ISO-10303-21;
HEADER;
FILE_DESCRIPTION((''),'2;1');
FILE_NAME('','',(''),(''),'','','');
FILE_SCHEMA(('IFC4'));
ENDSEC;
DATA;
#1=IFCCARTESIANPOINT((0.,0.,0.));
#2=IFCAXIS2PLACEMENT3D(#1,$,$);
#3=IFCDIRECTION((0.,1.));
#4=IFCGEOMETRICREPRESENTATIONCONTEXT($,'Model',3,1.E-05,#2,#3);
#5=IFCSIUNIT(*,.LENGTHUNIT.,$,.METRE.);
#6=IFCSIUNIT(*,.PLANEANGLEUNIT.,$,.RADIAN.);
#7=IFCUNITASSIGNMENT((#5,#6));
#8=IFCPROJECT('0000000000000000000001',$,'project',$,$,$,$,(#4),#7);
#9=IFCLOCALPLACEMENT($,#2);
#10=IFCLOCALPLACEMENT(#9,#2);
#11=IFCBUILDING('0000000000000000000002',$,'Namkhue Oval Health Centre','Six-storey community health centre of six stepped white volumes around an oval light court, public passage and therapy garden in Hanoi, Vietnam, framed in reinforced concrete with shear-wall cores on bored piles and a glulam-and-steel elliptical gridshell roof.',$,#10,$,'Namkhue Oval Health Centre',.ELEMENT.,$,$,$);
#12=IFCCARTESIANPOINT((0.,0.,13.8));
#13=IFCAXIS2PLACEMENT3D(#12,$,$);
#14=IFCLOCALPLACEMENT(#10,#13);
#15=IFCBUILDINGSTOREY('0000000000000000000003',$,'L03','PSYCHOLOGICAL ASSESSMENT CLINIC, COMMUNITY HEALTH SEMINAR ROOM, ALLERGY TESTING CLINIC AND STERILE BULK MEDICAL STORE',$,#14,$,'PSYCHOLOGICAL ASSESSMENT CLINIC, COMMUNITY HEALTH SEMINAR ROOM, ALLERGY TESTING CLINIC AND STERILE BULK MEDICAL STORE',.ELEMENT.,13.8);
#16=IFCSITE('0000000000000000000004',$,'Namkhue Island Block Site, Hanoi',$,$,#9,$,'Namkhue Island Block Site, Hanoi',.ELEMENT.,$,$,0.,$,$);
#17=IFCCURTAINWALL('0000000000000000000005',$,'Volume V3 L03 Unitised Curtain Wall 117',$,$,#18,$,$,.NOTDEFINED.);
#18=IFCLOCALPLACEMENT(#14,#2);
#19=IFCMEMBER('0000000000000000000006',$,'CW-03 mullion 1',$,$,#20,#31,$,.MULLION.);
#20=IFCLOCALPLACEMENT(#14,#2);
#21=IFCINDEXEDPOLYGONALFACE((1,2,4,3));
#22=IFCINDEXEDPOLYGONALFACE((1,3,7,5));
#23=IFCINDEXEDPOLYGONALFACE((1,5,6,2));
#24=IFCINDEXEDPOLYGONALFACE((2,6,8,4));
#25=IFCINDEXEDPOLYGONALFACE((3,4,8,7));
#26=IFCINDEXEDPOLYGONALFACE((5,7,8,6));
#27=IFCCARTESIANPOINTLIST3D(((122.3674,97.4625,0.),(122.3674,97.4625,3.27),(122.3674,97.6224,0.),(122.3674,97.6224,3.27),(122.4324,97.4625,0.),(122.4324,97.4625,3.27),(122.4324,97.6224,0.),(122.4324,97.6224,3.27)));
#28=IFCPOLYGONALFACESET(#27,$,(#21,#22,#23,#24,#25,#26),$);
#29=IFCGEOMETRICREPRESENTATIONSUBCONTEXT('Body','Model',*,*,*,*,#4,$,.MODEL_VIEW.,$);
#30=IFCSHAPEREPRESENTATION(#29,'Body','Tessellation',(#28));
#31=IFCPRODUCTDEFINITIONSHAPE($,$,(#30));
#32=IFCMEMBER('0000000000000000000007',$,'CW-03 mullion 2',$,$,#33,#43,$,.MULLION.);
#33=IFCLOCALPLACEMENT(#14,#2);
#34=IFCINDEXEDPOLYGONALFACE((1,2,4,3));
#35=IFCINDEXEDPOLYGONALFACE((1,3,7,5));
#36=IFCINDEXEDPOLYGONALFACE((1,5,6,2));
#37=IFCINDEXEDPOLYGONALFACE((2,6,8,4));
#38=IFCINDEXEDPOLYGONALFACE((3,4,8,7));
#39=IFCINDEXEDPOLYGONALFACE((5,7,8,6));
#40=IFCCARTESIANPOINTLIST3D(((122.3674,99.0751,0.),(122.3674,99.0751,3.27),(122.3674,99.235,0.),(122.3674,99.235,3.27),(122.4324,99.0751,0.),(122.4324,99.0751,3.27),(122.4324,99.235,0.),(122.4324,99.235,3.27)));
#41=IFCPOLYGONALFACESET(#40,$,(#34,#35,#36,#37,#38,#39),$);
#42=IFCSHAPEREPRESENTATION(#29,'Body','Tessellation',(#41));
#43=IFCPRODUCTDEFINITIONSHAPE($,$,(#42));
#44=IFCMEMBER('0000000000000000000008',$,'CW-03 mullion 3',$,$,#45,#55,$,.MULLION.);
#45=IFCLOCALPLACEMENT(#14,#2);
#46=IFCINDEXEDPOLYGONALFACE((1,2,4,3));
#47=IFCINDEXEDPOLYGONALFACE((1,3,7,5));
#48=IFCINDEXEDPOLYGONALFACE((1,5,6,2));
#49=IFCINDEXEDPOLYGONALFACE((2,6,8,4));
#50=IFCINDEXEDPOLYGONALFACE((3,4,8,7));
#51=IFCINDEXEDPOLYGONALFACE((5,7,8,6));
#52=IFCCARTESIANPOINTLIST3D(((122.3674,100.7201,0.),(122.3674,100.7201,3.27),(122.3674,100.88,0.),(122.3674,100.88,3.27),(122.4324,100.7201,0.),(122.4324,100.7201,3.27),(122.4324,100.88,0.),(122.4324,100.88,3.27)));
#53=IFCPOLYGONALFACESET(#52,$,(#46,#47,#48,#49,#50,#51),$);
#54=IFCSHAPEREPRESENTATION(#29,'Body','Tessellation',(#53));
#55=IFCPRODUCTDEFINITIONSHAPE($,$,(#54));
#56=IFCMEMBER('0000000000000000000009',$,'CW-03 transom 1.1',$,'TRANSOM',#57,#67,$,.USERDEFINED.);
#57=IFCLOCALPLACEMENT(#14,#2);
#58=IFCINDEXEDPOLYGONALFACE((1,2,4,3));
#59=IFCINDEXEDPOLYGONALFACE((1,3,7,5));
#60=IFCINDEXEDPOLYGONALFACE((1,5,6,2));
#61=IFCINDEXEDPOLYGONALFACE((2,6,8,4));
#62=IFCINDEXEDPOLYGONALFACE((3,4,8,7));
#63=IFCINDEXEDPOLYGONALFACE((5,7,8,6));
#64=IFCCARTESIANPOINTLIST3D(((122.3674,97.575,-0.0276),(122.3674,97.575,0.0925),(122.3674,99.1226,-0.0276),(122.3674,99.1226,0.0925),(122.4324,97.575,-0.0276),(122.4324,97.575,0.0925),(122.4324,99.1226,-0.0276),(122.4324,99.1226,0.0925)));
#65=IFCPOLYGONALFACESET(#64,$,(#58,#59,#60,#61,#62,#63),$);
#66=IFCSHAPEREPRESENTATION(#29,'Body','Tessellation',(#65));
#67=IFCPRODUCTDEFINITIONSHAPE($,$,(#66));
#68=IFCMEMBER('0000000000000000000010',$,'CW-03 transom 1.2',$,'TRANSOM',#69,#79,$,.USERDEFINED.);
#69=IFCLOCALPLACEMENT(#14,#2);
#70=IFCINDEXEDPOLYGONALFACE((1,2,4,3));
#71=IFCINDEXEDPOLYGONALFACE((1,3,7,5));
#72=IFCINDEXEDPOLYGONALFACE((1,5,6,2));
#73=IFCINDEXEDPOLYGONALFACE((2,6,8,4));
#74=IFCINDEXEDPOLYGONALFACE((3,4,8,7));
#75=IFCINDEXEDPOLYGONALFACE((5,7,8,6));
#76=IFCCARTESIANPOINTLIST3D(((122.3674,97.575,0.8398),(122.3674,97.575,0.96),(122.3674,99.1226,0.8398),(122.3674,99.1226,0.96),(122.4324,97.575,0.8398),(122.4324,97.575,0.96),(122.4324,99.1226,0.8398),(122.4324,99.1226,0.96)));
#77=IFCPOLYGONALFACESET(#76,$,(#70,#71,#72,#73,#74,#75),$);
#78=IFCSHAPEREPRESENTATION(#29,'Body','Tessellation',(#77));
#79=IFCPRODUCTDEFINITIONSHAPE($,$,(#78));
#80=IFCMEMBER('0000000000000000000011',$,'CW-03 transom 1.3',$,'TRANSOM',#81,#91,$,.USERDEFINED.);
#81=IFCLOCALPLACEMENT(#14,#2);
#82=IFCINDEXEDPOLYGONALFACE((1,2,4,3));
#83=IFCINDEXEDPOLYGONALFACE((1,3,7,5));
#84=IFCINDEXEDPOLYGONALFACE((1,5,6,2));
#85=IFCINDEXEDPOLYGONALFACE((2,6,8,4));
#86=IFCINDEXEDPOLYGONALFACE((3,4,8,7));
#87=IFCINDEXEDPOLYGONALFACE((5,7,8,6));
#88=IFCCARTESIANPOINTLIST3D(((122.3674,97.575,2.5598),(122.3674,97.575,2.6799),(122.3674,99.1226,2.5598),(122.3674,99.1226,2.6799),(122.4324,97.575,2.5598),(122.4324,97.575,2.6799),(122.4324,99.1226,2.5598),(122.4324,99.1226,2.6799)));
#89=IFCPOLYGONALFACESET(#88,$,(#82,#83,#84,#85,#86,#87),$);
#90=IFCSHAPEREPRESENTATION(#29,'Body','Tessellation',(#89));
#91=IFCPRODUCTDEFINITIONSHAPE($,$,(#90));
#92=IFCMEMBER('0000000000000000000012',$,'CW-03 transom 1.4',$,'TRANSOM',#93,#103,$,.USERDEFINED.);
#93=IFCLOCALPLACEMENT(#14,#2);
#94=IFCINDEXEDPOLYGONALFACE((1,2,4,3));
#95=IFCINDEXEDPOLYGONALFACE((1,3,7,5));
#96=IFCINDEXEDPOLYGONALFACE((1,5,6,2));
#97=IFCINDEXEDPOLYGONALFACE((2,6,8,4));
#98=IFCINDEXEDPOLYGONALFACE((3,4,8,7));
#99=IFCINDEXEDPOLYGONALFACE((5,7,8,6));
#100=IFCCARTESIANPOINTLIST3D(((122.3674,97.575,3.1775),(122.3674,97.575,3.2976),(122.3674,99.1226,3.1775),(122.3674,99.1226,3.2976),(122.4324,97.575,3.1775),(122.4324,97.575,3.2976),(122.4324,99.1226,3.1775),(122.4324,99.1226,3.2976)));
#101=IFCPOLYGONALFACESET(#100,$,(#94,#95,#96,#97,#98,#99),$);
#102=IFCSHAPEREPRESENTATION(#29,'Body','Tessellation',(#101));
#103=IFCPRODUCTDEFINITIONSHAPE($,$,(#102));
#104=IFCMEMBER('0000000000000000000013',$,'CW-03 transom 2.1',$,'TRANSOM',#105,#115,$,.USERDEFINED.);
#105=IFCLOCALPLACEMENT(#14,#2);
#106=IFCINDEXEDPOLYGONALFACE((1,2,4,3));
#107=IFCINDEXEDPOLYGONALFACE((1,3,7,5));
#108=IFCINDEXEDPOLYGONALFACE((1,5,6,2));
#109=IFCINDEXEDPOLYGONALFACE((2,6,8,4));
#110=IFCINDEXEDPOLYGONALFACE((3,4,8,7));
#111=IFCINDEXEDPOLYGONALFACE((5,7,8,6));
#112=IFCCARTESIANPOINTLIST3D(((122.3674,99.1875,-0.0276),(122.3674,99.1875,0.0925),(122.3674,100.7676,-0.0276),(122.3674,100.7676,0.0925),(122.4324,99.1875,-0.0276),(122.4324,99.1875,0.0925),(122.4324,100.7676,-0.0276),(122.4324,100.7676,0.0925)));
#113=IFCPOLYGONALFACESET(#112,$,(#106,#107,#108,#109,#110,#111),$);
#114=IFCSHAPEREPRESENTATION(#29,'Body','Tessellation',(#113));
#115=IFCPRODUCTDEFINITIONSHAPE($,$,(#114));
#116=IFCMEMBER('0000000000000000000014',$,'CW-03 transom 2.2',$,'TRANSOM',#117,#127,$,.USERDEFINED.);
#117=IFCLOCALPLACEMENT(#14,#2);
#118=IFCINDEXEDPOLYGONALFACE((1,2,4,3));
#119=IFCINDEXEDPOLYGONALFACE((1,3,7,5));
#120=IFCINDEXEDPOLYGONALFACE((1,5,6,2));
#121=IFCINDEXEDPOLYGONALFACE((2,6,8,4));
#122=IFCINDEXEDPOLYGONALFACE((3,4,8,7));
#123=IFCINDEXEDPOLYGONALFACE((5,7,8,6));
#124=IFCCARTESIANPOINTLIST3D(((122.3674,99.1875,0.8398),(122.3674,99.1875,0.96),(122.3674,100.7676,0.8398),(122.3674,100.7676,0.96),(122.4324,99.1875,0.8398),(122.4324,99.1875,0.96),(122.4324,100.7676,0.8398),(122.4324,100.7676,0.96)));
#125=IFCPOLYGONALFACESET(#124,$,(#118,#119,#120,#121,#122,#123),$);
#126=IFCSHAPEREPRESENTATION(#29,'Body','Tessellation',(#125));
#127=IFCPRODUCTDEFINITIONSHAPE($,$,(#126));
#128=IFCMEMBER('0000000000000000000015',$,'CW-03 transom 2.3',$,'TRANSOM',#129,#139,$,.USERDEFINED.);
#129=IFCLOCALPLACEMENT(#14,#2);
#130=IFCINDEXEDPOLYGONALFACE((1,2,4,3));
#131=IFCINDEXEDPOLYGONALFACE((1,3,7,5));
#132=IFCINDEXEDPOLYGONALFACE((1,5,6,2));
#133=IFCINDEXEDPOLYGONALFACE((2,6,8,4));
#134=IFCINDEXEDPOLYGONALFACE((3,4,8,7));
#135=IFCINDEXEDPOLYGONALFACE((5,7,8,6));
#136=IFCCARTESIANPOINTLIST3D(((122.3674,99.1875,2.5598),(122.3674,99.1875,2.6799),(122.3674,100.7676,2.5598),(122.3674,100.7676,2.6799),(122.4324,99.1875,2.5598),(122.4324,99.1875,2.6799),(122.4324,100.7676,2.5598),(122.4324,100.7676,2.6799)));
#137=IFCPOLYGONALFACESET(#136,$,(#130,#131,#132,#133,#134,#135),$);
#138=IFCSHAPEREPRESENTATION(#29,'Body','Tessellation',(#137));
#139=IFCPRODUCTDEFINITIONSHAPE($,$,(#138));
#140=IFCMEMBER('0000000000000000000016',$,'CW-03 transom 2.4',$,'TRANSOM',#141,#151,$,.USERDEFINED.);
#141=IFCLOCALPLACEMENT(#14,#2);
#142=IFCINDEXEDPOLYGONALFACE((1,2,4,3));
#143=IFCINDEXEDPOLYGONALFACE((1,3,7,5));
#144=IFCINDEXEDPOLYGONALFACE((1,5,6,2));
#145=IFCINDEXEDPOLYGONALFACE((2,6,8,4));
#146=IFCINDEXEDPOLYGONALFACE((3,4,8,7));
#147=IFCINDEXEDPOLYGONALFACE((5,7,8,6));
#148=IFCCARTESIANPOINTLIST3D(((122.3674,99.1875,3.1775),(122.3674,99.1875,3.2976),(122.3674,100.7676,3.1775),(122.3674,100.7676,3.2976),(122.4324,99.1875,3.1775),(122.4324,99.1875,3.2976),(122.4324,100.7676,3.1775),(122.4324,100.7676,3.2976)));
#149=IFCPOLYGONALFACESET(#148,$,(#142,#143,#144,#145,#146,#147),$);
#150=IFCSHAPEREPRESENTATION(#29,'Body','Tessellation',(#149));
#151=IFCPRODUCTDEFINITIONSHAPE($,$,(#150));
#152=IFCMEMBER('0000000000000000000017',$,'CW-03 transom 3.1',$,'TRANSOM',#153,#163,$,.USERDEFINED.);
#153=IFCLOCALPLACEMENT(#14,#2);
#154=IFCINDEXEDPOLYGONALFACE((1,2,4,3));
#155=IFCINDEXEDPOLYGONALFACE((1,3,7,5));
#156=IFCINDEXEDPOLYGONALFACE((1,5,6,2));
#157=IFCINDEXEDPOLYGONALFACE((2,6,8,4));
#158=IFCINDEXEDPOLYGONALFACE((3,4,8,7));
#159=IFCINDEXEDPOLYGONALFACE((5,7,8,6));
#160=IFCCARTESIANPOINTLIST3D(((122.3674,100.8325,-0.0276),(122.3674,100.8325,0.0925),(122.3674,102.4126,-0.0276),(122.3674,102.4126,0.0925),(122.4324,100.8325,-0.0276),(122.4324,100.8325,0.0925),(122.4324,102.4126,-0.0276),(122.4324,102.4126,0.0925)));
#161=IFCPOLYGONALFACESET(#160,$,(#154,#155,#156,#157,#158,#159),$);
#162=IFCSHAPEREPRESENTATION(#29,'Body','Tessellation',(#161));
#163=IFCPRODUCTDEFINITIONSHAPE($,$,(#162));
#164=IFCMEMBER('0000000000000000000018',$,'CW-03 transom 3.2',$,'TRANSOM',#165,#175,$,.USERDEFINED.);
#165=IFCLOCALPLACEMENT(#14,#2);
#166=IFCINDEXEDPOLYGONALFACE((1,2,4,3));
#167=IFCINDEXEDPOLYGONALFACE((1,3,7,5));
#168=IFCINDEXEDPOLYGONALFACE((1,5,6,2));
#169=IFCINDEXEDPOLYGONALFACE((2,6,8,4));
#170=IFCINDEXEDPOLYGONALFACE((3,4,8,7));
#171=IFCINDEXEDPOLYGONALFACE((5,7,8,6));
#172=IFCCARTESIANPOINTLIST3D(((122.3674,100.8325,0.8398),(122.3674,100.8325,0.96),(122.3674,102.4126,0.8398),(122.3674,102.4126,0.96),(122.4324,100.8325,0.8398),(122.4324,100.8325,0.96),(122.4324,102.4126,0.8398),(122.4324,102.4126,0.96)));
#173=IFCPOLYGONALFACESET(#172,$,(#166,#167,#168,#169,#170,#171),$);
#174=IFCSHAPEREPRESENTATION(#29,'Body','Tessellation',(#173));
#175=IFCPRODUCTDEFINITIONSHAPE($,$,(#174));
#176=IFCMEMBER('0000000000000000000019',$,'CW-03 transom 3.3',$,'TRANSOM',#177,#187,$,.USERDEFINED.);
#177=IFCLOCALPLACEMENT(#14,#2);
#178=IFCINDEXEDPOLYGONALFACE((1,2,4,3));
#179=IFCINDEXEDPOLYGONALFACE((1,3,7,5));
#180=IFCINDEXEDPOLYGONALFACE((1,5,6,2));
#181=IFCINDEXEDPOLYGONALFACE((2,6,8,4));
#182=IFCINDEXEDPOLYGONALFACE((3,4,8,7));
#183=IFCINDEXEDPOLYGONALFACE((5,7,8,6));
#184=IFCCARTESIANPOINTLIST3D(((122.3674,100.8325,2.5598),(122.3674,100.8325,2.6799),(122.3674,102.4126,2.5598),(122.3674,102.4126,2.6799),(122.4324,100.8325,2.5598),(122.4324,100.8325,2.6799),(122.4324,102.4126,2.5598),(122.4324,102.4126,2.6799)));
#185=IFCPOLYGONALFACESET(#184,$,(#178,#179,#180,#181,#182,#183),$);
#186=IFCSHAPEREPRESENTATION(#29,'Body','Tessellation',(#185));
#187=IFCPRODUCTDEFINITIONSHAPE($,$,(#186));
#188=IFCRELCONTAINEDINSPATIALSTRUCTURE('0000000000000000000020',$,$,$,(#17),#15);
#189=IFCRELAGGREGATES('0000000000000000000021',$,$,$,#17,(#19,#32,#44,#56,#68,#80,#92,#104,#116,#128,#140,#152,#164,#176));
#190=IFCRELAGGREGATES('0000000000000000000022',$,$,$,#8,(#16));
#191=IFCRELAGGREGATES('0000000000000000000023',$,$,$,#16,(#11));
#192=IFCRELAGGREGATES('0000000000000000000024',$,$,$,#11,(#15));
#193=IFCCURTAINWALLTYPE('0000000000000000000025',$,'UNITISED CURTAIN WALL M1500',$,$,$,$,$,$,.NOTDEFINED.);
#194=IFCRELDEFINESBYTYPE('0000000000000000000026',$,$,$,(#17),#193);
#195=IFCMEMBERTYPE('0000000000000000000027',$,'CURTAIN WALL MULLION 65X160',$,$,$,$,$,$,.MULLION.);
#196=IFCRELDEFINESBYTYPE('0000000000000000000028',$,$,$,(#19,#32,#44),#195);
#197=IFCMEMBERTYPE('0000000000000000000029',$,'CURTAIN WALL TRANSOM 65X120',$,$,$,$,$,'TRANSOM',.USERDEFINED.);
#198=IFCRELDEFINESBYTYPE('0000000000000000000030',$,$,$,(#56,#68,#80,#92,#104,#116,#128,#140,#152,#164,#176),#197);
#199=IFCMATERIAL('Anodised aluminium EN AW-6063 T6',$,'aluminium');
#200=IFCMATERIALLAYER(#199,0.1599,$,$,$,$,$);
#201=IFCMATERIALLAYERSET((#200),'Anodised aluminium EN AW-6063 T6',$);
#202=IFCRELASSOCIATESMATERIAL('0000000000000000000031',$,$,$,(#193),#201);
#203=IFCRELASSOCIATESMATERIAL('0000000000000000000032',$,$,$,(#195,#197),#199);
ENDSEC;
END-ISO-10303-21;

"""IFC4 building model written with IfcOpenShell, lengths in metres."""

from ifc_helpers import new_model, si_unit, direction, frame, origin, origin_2d, place, context, subcontext, project, spatial, rectangle, extrude, material, layer, layer_set, material_profile, profile_set, type_object, element, aggregate, save


model = new_model("IFC4")

# Units and contexts
model_context = context("Model", 3, precision=1e-05, world=origin(), true_north=direction((0.0, 1.0)))
body_context = subcontext(model_context, "Body", "Model", "MODEL_VIEW")
ifc_project = project(units=[si_unit("LENGTHUNIT", "METRE"), si_unit("PLANEANGLEUNIT", "RADIAN")], contexts=[model_context])

# Site, building, storey
site_placement = place(None, origin())
site = spatial("IfcSite", under=ifc_project, at=site_placement, Name="Namkhue Island Block Site, Hanoi", LongName="Namkhue Island Block Site, Hanoi", CompositionType="ELEMENT", RefElevation=0.0)
building_placement = place(site_placement, origin())
building = spatial("IfcBuilding", under=site, at=building_placement, Name="Namkhue Oval Health Centre", Description="Six-storey community health centre of six stepped white volumes around an oval light court, public passage and therapy garden in Hanoi, Vietnam, framed in reinforced concrete with shear-wall cores on bored piles and a glulam-and-steel elliptical gridshell roof.", LongName="Namkhue Oval Health Centre", CompositionType="ELEMENT")
storey_placement = place(building_placement, frame((0.0, 0.0, 13.8)))
storey = spatial("IfcBuildingStorey", under=building, at=storey_placement, Name="L03", Description="PSYCHOLOGICAL ASSESSMENT CLINIC, COMMUNITY HEALTH SEMINAR ROOM, ALLERGY TESTING CLINIC AND STERILE BULK MEDICAL STORE", LongName="PSYCHOLOGICAL ASSESSMENT CLINIC, COMMUNITY HEALTH SEMINAR ROOM, ALLERGY TESTING CLINIC AND STERILE BULK MEDICAL STORE", CompositionType="ELEMENT", Elevation=13.8)

# Curtain wall, members
ifc_material_1 = material(Name="Anodised aluminium EN AW-6063 T6", Category="aluminium")
ifc_layer_1 = layer(ifc_material_1, 0.1599)
ifc_layer_set_1 = layer_set([ifc_layer_1], Name="Anodised aluminium EN AW-6063 T6")
curtain_wall_type = type_object("IfcCurtainWallType", Name="UNITISED CURTAIN WALL M1500", PredefinedType="NOTDEFINED", material=ifc_layer_set_1)
curtain_wall_placement = place(storey_placement, origin())
curtain_wall = element("IfcCurtainWall", 1, at=curtain_wall_placement, inside=storey, type_object=curtain_wall_type, Name="Volume V3 L03 Unitised Curtain Wall 117", PredefinedType="NOTDEFINED")
ifc_material_profile_1 = material_profile(ifc_material_1, rectangle(XDim=0.0649, YDim=0.1599, at=origin_2d()), Name="ALU 65x160")
ifc_profile_set_1 = profile_set([ifc_material_profile_1], Name="Anodised aluminium EN AW-6063 T6")
member_type_1 = type_object("IfcMemberType", Name="CURTAIN WALL MULLION 65X160", PredefinedType="MULLION", material=ifc_profile_set_1)
member_1_placement = place(storey_placement, frame((122.3999, 97.5425, 0.0), z_axis=(0.0, 0.0, 1.0), x_axis=(-1.0, 0.0, 0.0)))
member_1 = element("IfcMember", 2, at=member_1_placement, type_object=member_type_1, Name="CW-03 mullion 1", PredefinedType="MULLION", context=body_context, shape_type="SweptSolid", body=[
    extrude(rectangle(XDim=0.0649, YDim=0.1599, at=origin_2d()), origin(), (0.0, 0.0, 1.0), 3.27),
])
member_2_placement = place(storey_placement, frame((122.3999, 99.155, 0.0), z_axis=(0.0, 0.0, 1.0), x_axis=(-1.0, 0.0, 0.0)))
member_2 = element("IfcMember", 3, at=member_2_placement, type_object=member_type_1, Name="CW-03 mullion 2", PredefinedType="MULLION", context=body_context, shape_type="SweptSolid", body=[
    extrude(rectangle(XDim=0.0649, YDim=0.1599, at=origin_2d()), origin(), (0.0, 0.0, 1.0), 3.27),
])
member_3_placement = place(storey_placement, frame((122.3999, 100.8, 0.0), z_axis=(0.0, 0.0, 1.0), x_axis=(-1.0, 0.0, 0.0)))
member_3 = element("IfcMember", 4, at=member_3_placement, type_object=member_type_1, Name="CW-03 mullion 3", PredefinedType="MULLION", context=body_context, shape_type="SweptSolid", body=[
    extrude(rectangle(XDim=0.0649, YDim=0.1599, at=origin_2d()), origin(), (0.0, 0.0, 1.0), 3.27),
])
ifc_material_profile_2 = material_profile(ifc_material_1, rectangle(XDim=0.0649, YDim=0.1201, at=origin_2d()), Name="ALU 65x120")
ifc_profile_set_2 = profile_set([ifc_material_profile_2], Name="Anodised aluminium EN AW-6063 T6")
member_type_2 = type_object("IfcMemberType", Name="CURTAIN WALL TRANSOM 65X120", ElementType="TRANSOM", PredefinedType="USERDEFINED", material=ifc_profile_set_2)
member_4_placement = place(storey_placement, frame((122.3999, 97.575, 0.0325), z_axis=(0.0, 1.0, 0.0), x_axis=(-1.0, 0.0, 0.0)))
member_4 = element("IfcMember", 5, at=member_4_placement, type_object=member_type_2, Name="CW-03 transom 1.1", ObjectType="TRANSOM", PredefinedType="USERDEFINED", context=body_context, shape_type="SweptSolid", body=[
    extrude(rectangle(XDim=0.0649, YDim=0.1201, at=origin_2d()), origin(), (0.0, 0.0, 1.0), 1.5476),
])
member_5_placement = place(storey_placement, frame((122.3999, 97.575, 0.8999), z_axis=(0.0, 1.0, 0.0), x_axis=(-1.0, 0.0, 0.0)))
member_5 = element("IfcMember", 6, at=member_5_placement, type_object=member_type_2, Name="CW-03 transom 1.2", ObjectType="TRANSOM", PredefinedType="USERDEFINED", context=body_context, shape_type="SweptSolid", body=[
    extrude(rectangle(XDim=0.0649, YDim=0.1201, at=origin_2d()), origin(), (0.0, 0.0, 1.0), 1.5476),
])
member_6_placement = place(storey_placement, frame((122.3999, 97.575, 2.6199), z_axis=(0.0, 1.0, 0.0), x_axis=(-1.0, 0.0, 0.0)))
member_6 = element("IfcMember", 7, at=member_6_placement, type_object=member_type_2, Name="CW-03 transom 1.3", ObjectType="TRANSOM", PredefinedType="USERDEFINED", context=body_context, shape_type="SweptSolid", body=[
    extrude(rectangle(XDim=0.0649, YDim=0.1201, at=origin_2d()), origin(), (0.0, 0.0, 1.0), 1.5476),
])
member_7_placement = place(storey_placement, frame((122.3999, 97.575, 3.2375), z_axis=(0.0, 1.0, 0.0), x_axis=(-1.0, 0.0, 0.0)))
member_7 = element("IfcMember", 8, at=member_7_placement, type_object=member_type_2, Name="CW-03 transom 1.4", ObjectType="TRANSOM", PredefinedType="USERDEFINED", context=body_context, shape_type="SweptSolid", body=[
    extrude(rectangle(XDim=0.0649, YDim=0.1201, at=origin_2d()), origin(), (0.0, 0.0, 1.0), 1.5476),
])
member_8_placement = place(storey_placement, frame((122.3999, 99.1875, 0.0325), z_axis=(0.0, 1.0, 0.0), x_axis=(-1.0, 0.0, 0.0)))
member_8 = element("IfcMember", 9, at=member_8_placement, type_object=member_type_2, Name="CW-03 transom 2.1", ObjectType="TRANSOM", PredefinedType="USERDEFINED", context=body_context, shape_type="SweptSolid", body=[
    extrude(rectangle(XDim=0.0649, YDim=0.1201, at=origin_2d()), origin(), (0.0, 0.0, 1.0), 1.5801),
])
member_9_placement = place(storey_placement, frame((122.3999, 99.1875, 0.8999), z_axis=(0.0, 1.0, 0.0), x_axis=(-1.0, 0.0, 0.0)))
member_9 = element("IfcMember", 10, at=member_9_placement, type_object=member_type_2, Name="CW-03 transom 2.2", ObjectType="TRANSOM", PredefinedType="USERDEFINED", context=body_context, shape_type="SweptSolid", body=[
    extrude(rectangle(XDim=0.0649, YDim=0.1201, at=origin_2d()), origin(), (0.0, 0.0, 1.0), 1.5801),
])
member_10_placement = place(storey_placement, frame((122.3999, 99.1875, 2.6199), z_axis=(0.0, 1.0, 0.0), x_axis=(-1.0, 0.0, 0.0)))
member_10 = element("IfcMember", 11, at=member_10_placement, type_object=member_type_2, Name="CW-03 transom 2.3", ObjectType="TRANSOM", PredefinedType="USERDEFINED", context=body_context, shape_type="SweptSolid", body=[
    extrude(rectangle(XDim=0.0649, YDim=0.1201, at=origin_2d()), origin(), (0.0, 0.0, 1.0), 1.5801),
])
member_11_placement = place(storey_placement, frame((122.3999, 99.1875, 3.2375), z_axis=(0.0, 1.0, 0.0), x_axis=(-1.0, 0.0, 0.0)))
member_11 = element("IfcMember", 12, at=member_11_placement, type_object=member_type_2, Name="CW-03 transom 2.4", ObjectType="TRANSOM", PredefinedType="USERDEFINED", context=body_context, shape_type="SweptSolid", body=[
    extrude(rectangle(XDim=0.0649, YDim=0.1201, at=origin_2d()), origin(), (0.0, 0.0, 1.0), 1.5801),
])
member_12_placement = place(storey_placement, frame((122.3999, 100.8325, 0.0325), z_axis=(0.0, 1.0, 0.0), x_axis=(-1.0, 0.0, 0.0)))
member_12 = element("IfcMember", 13, at=member_12_placement, type_object=member_type_2, Name="CW-03 transom 3.1", ObjectType="TRANSOM", PredefinedType="USERDEFINED", context=body_context, shape_type="SweptSolid", body=[
    extrude(rectangle(XDim=0.0649, YDim=0.1201, at=origin_2d()), origin(), (0.0, 0.0, 1.0), 1.5801),
])
member_13_placement = place(storey_placement, frame((122.3999, 100.8325, 0.8999), z_axis=(0.0, 1.0, 0.0), x_axis=(-1.0, 0.0, 0.0)))
member_13 = element("IfcMember", 14, at=member_13_placement, type_object=member_type_2, Name="CW-03 transom 3.2", ObjectType="TRANSOM", PredefinedType="USERDEFINED", context=body_context, shape_type="SweptSolid", body=[
    extrude(rectangle(XDim=0.0649, YDim=0.1201, at=origin_2d()), origin(), (0.0, 0.0, 1.0), 1.5801),
])
member_14_placement = place(storey_placement, frame((122.3999, 100.8325, 2.6199), z_axis=(0.0, 1.0, 0.0), x_axis=(-1.0, 0.0, 0.0)))
member_14 = element("IfcMember", 15, at=member_14_placement, type_object=member_type_2, Name="CW-03 transom 3.3", ObjectType="TRANSOM", PredefinedType="USERDEFINED", context=body_context, shape_type="SweptSolid", body=[
    extrude(rectangle(XDim=0.0649, YDim=0.1201, at=origin_2d()), origin(), (0.0, 0.0, 1.0), 1.5801),
])
aggregate(curtain_wall, [member_1, member_2, member_3, member_4, member_5, member_6, member_7, member_8, member_9, member_10, member_11, member_12, member_13, member_14])

save(model, "model.ifc")
